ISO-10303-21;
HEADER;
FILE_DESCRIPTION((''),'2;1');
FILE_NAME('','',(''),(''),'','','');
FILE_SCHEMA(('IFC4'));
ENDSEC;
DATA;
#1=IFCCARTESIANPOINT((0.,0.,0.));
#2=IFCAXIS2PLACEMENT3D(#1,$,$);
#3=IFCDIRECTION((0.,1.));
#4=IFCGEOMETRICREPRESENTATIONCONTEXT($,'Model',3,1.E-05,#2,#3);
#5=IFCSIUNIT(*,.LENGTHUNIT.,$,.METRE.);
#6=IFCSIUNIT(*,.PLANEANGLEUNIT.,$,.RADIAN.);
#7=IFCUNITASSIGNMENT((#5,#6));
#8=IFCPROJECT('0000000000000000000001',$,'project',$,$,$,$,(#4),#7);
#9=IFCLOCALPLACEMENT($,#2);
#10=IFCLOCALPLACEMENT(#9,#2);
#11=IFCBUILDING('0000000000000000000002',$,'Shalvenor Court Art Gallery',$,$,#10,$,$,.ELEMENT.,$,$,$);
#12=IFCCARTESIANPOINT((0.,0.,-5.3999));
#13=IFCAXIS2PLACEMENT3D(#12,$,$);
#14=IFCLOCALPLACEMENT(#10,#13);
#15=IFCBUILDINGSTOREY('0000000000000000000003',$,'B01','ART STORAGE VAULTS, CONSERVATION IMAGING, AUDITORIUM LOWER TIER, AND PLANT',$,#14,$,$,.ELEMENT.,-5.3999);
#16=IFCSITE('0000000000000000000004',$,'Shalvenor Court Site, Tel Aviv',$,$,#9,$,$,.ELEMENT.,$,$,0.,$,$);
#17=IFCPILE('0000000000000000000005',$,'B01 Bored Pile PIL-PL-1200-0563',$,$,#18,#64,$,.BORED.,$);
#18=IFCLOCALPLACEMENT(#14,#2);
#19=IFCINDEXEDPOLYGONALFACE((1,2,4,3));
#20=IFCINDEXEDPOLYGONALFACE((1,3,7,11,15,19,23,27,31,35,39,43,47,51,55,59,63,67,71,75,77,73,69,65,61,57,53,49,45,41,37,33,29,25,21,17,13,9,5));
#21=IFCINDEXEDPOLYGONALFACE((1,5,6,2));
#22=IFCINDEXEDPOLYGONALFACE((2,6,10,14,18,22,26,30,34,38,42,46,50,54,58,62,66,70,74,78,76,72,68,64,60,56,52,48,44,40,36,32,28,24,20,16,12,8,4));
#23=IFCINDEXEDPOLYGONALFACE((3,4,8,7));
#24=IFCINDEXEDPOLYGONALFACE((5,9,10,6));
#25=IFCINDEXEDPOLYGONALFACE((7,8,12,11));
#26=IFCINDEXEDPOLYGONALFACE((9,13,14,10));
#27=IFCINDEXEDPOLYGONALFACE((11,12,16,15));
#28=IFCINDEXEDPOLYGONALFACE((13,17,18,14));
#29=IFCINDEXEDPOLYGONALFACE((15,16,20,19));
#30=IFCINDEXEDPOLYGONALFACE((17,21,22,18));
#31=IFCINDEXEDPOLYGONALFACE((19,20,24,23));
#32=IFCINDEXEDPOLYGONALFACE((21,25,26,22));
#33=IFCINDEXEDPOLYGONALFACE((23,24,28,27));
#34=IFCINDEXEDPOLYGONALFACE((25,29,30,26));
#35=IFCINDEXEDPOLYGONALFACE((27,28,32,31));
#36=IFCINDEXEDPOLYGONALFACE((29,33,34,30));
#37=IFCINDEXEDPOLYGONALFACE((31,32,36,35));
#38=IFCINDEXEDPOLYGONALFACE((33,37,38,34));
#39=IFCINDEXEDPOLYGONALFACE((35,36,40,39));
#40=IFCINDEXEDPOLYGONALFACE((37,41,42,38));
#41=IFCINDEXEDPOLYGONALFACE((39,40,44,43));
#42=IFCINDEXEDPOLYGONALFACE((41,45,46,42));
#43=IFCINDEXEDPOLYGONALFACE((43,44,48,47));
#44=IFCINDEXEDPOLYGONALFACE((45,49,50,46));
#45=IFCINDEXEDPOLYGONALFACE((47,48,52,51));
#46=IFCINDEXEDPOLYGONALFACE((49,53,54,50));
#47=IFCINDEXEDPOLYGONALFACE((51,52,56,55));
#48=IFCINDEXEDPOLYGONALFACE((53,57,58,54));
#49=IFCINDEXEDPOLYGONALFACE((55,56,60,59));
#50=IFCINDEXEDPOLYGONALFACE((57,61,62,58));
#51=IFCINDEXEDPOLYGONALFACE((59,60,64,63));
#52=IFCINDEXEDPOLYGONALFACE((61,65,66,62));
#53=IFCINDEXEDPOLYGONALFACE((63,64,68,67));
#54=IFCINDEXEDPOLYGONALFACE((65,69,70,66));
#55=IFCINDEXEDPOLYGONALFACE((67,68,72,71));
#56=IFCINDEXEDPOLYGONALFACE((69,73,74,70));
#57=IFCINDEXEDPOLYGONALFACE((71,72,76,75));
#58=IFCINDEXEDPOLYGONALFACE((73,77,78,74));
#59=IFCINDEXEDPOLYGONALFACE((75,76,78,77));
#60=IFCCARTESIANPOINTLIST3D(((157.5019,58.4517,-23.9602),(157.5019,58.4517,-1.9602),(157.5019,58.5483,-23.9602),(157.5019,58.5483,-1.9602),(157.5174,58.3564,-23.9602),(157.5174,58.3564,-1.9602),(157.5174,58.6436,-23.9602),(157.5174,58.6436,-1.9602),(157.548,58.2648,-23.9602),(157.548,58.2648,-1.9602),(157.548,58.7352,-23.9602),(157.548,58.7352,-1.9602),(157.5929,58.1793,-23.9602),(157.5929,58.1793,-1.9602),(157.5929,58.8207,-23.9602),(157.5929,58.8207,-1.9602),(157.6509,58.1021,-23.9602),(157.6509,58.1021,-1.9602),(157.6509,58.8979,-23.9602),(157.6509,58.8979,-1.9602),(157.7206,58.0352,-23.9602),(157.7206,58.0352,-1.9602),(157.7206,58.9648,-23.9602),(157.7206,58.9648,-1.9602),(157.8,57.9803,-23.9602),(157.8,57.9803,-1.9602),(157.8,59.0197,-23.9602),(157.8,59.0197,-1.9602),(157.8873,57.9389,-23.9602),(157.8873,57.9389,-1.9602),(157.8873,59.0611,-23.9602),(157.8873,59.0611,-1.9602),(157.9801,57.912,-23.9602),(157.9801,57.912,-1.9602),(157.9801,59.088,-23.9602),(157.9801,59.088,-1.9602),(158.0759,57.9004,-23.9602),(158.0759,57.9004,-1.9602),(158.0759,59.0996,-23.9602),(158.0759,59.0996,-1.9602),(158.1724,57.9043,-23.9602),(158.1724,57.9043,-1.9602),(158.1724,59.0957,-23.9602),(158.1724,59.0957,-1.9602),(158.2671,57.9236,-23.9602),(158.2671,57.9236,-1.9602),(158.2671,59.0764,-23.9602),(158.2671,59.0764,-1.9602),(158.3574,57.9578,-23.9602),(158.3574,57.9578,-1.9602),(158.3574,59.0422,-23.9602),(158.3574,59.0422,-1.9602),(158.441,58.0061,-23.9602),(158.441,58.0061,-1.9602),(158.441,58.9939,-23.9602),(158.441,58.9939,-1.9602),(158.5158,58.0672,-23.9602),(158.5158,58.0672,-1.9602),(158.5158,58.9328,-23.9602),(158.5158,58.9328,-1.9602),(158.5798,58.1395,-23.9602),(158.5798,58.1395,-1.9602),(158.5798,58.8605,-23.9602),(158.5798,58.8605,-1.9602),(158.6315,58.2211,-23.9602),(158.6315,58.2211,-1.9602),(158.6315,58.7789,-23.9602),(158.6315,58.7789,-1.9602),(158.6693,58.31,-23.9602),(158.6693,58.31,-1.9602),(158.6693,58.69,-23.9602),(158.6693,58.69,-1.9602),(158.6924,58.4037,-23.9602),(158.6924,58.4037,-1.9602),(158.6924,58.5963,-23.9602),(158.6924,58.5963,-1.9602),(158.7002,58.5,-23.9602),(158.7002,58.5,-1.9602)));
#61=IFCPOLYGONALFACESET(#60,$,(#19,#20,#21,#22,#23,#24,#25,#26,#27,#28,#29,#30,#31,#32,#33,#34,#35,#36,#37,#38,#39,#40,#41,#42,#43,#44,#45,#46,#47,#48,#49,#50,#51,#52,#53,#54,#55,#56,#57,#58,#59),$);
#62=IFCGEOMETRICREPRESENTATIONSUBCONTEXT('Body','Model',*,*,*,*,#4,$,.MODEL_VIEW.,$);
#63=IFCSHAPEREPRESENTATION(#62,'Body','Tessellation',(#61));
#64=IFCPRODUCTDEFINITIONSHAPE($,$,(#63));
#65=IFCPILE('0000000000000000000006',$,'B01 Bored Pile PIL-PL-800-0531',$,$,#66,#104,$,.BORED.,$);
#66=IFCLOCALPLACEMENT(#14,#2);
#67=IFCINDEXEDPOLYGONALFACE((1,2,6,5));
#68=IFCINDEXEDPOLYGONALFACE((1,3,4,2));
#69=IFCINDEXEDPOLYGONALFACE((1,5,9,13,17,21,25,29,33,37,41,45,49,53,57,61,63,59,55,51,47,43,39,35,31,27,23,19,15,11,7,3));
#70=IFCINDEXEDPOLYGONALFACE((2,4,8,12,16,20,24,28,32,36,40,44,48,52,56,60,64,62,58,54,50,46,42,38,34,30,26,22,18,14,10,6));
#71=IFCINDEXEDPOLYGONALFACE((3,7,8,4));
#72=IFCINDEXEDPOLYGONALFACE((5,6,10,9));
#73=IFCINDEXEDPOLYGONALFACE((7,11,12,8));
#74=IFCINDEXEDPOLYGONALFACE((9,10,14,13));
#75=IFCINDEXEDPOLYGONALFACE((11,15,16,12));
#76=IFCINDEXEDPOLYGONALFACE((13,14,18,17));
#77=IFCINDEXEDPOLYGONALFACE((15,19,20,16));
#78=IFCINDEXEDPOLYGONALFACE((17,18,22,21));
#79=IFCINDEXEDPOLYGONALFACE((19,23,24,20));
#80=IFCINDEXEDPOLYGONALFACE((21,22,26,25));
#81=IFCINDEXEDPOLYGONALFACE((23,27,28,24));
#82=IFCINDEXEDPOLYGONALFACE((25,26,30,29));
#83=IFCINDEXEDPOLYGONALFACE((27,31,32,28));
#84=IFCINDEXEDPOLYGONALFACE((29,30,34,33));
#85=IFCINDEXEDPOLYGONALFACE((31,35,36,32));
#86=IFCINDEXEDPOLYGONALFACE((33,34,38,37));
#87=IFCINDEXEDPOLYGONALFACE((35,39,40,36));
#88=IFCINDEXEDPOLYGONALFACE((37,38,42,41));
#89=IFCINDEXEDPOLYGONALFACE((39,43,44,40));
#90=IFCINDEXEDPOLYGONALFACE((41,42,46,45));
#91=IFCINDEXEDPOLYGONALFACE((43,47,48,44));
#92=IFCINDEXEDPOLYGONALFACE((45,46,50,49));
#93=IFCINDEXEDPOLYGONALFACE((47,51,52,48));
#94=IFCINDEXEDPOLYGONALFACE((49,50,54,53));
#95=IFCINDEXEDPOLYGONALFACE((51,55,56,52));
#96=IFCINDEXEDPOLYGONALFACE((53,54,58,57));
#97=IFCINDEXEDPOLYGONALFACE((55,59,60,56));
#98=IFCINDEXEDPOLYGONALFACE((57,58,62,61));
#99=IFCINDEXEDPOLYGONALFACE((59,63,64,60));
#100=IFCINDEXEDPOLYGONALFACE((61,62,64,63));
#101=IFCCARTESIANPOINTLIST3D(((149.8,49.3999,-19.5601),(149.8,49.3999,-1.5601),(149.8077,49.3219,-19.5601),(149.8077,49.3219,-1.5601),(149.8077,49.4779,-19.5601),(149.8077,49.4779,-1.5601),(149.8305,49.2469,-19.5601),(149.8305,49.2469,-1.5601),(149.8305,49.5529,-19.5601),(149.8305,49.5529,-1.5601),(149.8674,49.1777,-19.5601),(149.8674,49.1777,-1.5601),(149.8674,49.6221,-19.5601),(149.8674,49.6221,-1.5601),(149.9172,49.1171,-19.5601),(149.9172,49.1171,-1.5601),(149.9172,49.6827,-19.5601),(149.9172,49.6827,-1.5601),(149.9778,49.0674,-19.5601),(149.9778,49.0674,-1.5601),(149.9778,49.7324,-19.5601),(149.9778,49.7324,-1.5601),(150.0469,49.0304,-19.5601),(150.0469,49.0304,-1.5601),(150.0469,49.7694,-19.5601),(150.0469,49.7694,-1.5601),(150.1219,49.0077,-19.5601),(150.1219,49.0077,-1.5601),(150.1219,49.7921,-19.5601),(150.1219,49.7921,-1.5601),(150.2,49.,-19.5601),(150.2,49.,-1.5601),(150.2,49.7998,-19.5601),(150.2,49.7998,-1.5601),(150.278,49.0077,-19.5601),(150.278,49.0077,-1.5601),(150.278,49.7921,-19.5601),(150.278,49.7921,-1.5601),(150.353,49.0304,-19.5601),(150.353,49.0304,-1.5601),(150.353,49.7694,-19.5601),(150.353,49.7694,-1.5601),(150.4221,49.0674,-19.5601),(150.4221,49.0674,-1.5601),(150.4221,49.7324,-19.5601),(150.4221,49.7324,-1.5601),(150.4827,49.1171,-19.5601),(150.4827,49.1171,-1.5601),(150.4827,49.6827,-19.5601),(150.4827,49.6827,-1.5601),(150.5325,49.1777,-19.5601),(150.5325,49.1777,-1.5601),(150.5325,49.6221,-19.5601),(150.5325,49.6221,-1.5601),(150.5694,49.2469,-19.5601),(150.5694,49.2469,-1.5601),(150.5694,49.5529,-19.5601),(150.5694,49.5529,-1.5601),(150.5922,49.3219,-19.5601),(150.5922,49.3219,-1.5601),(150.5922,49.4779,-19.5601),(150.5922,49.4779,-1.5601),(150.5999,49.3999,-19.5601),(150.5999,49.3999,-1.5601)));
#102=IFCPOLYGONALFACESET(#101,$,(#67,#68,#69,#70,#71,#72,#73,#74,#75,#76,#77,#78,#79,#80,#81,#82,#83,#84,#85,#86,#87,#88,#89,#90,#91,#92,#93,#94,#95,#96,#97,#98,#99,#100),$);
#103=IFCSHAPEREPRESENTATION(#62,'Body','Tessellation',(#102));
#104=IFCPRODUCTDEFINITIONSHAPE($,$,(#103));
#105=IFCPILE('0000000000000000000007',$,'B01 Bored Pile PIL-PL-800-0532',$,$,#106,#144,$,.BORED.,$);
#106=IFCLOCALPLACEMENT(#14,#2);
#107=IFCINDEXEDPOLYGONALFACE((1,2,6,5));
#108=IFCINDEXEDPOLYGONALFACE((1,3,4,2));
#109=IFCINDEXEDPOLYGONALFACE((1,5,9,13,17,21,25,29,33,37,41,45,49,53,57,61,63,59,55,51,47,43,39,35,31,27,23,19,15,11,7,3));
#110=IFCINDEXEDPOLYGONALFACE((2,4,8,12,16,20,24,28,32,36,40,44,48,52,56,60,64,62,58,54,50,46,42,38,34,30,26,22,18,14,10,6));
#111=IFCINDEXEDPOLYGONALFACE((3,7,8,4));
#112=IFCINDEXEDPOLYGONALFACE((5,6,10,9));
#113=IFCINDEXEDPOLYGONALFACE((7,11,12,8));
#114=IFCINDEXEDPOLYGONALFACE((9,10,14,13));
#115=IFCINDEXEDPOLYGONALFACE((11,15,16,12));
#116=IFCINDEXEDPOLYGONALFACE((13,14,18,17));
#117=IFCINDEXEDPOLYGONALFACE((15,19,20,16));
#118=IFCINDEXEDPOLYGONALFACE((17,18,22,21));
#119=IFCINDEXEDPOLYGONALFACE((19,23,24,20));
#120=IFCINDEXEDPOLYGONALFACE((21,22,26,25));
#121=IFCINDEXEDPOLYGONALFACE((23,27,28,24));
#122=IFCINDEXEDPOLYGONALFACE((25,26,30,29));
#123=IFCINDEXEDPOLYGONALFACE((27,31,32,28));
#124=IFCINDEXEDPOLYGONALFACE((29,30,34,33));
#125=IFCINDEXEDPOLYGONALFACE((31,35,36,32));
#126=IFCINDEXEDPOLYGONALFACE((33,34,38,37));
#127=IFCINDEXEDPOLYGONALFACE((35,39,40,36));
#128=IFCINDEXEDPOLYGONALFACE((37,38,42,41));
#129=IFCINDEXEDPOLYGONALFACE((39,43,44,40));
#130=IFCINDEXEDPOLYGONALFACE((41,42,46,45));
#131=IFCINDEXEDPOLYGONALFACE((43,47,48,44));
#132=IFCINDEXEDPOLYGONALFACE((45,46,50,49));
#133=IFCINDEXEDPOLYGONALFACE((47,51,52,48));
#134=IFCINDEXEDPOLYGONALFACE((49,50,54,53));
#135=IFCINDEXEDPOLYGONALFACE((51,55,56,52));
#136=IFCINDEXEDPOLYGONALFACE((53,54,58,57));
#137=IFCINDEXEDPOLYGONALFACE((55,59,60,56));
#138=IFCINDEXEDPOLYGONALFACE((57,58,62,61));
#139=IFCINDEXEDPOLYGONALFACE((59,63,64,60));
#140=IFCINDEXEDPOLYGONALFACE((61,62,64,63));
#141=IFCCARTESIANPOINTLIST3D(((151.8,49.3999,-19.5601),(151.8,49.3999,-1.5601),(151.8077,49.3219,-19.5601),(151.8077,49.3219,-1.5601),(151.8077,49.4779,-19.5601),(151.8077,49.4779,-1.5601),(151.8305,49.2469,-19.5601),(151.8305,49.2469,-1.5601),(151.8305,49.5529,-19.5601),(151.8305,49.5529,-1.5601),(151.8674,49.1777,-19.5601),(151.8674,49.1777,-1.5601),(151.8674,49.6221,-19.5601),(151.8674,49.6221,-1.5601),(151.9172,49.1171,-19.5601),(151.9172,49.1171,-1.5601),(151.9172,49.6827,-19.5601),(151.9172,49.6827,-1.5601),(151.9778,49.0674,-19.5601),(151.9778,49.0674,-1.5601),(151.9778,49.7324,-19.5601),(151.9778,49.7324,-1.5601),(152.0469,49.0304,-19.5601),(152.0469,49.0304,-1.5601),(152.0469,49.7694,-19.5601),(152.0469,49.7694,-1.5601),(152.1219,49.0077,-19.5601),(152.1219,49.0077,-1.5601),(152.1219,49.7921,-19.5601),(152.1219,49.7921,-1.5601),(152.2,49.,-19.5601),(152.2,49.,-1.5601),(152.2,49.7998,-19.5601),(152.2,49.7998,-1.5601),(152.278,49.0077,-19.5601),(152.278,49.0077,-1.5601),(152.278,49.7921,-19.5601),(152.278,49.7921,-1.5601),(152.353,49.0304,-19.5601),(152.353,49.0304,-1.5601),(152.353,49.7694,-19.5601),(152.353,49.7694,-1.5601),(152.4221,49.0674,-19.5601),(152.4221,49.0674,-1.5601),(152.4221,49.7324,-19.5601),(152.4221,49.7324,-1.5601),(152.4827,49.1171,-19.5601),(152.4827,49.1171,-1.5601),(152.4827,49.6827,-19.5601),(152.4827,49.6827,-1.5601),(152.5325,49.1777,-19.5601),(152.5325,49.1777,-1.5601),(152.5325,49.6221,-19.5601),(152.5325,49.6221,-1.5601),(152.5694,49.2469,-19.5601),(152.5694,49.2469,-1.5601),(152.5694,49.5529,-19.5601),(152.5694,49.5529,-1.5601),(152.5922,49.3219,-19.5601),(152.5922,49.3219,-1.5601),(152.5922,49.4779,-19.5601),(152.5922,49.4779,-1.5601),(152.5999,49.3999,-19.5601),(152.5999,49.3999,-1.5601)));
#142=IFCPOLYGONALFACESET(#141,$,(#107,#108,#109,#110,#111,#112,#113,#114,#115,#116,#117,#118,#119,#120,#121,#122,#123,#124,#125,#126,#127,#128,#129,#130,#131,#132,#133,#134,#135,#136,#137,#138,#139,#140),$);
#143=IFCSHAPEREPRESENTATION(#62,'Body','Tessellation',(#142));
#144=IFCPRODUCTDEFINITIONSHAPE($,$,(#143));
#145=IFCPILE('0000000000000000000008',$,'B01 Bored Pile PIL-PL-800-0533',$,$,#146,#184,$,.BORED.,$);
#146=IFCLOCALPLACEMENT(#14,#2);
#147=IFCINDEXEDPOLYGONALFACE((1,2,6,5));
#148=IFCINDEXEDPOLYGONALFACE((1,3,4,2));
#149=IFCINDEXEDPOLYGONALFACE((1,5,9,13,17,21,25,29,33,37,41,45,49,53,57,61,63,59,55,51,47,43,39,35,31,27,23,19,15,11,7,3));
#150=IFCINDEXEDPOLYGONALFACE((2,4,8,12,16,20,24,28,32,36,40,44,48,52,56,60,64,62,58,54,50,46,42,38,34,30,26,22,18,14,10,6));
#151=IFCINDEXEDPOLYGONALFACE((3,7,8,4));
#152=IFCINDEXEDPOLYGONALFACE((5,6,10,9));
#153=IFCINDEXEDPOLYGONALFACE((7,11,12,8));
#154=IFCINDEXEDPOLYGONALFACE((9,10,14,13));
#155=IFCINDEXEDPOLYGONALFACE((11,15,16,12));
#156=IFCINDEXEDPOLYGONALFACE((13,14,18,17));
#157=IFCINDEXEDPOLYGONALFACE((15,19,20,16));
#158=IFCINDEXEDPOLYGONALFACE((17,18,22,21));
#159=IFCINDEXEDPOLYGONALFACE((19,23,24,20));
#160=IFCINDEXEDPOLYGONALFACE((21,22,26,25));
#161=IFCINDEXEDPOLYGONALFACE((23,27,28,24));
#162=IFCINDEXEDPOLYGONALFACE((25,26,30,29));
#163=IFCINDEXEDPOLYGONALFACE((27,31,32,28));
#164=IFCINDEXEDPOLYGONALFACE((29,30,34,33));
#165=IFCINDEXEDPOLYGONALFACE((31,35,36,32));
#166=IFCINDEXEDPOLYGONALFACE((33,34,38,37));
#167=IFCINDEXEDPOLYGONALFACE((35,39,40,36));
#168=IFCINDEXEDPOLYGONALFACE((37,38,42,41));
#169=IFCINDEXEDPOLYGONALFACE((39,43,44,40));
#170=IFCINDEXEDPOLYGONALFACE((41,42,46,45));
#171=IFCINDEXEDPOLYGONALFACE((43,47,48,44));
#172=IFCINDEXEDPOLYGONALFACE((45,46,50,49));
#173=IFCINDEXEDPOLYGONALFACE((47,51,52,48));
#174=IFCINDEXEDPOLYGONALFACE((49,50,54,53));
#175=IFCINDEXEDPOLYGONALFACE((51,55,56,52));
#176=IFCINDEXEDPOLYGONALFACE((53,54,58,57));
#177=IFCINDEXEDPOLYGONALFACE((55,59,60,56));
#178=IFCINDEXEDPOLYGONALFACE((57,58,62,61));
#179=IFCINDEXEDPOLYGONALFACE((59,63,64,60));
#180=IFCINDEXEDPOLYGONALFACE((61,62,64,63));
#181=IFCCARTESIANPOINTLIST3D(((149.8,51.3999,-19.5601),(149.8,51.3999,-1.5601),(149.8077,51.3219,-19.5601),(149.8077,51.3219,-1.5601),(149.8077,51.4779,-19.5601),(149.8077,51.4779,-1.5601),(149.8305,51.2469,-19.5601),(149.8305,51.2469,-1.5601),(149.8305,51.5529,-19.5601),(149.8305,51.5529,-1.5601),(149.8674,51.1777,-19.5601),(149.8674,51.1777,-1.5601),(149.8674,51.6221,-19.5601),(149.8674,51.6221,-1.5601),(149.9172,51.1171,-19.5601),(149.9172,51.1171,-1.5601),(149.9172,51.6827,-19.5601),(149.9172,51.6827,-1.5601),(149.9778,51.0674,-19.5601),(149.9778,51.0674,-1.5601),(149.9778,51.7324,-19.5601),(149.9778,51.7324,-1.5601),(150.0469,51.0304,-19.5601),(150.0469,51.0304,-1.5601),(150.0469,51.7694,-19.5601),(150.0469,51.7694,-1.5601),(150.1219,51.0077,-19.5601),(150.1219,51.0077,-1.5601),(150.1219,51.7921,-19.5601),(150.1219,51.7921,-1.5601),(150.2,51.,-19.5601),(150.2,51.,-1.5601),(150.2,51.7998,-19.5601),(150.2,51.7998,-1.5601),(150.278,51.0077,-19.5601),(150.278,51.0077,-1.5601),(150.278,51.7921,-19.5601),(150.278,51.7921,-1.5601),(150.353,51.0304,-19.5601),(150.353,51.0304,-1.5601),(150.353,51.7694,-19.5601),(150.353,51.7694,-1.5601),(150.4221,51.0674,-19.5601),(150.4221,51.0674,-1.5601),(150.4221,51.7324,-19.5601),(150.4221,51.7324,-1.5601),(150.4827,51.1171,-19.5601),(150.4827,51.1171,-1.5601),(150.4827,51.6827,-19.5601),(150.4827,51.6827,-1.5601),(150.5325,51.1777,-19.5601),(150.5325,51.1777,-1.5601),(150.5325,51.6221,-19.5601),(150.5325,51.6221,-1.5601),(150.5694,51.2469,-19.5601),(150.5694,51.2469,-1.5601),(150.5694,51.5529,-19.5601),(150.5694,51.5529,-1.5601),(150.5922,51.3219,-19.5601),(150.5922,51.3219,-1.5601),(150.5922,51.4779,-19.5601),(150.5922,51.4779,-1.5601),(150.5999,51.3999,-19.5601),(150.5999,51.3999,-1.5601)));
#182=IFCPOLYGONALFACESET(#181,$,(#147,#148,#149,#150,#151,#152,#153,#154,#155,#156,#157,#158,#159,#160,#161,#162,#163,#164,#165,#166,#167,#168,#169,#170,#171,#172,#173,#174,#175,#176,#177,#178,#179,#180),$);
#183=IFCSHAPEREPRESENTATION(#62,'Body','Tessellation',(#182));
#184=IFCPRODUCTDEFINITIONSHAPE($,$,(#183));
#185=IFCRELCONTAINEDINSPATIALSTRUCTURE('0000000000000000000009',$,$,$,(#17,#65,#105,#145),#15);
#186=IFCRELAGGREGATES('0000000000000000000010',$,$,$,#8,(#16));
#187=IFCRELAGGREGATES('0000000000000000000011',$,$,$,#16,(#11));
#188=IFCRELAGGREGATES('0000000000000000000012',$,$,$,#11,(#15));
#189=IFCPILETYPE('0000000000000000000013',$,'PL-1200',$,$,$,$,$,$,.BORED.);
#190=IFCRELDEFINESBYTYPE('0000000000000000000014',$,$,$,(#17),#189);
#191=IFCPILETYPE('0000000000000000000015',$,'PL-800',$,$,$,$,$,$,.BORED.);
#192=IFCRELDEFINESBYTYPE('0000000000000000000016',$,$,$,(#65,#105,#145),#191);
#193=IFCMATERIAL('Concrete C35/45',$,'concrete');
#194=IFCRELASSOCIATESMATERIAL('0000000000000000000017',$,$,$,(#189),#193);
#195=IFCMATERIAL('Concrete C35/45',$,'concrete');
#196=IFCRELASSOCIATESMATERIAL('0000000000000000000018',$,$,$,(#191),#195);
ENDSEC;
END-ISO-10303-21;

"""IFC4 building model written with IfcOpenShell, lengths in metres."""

from ifc_helpers import new_model, si_unit, direction, frame, origin, origin_2d, place, context, subcontext, project, spatial, circle, extrude, material, material_profile, profile_set, type_object, element, save


model = new_model("IFC4")

# Units and contexts
model_context = context("Model", 3, precision=1e-05, world=origin(), true_north=direction((0.0, 1.0)))
body_context = subcontext(model_context, "Body", "Model", "MODEL_VIEW")
ifc_project = project(units=[si_unit("LENGTHUNIT", "METRE"), si_unit("PLANEANGLEUNIT", "RADIAN")], contexts=[model_context])

# Site, building, storey
site_placement = place(None, origin())
site = spatial("IfcSite", under=ifc_project, at=site_placement, Name="Shalvenor Court Site, Tel Aviv", CompositionType="ELEMENT", RefElevation=0.0)
building_placement = place(site_placement, origin())
building = spatial("IfcBuilding", under=site, at=building_placement, Name="Shalvenor Court Art Gallery", CompositionType="ELEMENT")
storey_placement = place(building_placement, frame((0.0, 0.0, -5.3999)))
storey = spatial("IfcBuildingStorey", under=building, at=storey_placement, Name="B01", Description="ART STORAGE VAULTS, CONSERVATION IMAGING, AUDITORIUM LOWER TIER, AND PLANT", CompositionType="ELEMENT", Elevation=-5.3999)

# Piles
ifc_material_1 = material(Name="Concrete C35/45", Category="concrete")
ifc_material_profile_1 = material_profile(ifc_material_1, circle(Radius=0.6001, at=origin_2d()), Name="PILE 1200")
ifc_profile_set_1 = profile_set([ifc_material_profile_1], Name="Concrete C35/45")
pile_type_1 = type_object("IfcPileType", Name="PL-1200", PredefinedType="BORED", material=ifc_profile_set_1)
for number, where, z_axis, x_axis, name in (
    (1, (158.1001, 58.5, -1.9602), (0.0, 0.0, -1.0), (1.0, 0.0, 0.0), "B01 Bored Pile PIL-PL-1200-0563"),
):
    element("IfcPile", number, at=place(storey_placement, frame(where, z_axis=z_axis, x_axis=x_axis)), inside=storey, type_object=pile_type_1, Name=name, PredefinedType="BORED", context=body_context, shape_type="SweptSolid", body=[
        extrude(circle(Radius=0.6001, at=origin_2d()), origin(), (0.0, 0.0, 1.0), 22.0),
    ])
ifc_material_2 = material(Name="Concrete C35/45", Category="concrete")
ifc_material_profile_2 = material_profile(ifc_material_2, circle(Radius=0.3999, at=origin_2d()), Name="PILE 800")
ifc_profile_set_2 = profile_set([ifc_material_profile_2], Name="Concrete C35/45")
pile_type_2 = type_object("IfcPileType", Name="PL-800", PredefinedType="BORED", material=ifc_profile_set_2)
for number, where, z_axis, x_axis, name in (
    (2, (150.2, 49.3999, -1.5601), (0.0, 0.0, -1.0), (1.0, 0.0, 0.0), "B01 Bored Pile PIL-PL-800-0531"),
    (3, (152.2, 49.3999, -1.5601), (0.0, 0.0, -1.0), (1.0, 0.0, 0.0), "B01 Bored Pile PIL-PL-800-0532"),
    (4, (150.2, 51.3999, -1.5601), (0.0, 0.0, -1.0), (1.0, 0.0, 0.0), "B01 Bored Pile PIL-PL-800-0533"),
):
    element("IfcPile", number, at=place(storey_placement, frame(where, z_axis=z_axis, x_axis=x_axis)), inside=storey, type_object=pile_type_2, Name=name, PredefinedType="BORED", context=body_context, shape_type="SweptSolid", body=[
        extrude(circle(Radius=0.3999, at=origin_2d()), origin(), (0.0, 0.0, 1.0), 18.0),
    ])

save(model, "model.ifc")
